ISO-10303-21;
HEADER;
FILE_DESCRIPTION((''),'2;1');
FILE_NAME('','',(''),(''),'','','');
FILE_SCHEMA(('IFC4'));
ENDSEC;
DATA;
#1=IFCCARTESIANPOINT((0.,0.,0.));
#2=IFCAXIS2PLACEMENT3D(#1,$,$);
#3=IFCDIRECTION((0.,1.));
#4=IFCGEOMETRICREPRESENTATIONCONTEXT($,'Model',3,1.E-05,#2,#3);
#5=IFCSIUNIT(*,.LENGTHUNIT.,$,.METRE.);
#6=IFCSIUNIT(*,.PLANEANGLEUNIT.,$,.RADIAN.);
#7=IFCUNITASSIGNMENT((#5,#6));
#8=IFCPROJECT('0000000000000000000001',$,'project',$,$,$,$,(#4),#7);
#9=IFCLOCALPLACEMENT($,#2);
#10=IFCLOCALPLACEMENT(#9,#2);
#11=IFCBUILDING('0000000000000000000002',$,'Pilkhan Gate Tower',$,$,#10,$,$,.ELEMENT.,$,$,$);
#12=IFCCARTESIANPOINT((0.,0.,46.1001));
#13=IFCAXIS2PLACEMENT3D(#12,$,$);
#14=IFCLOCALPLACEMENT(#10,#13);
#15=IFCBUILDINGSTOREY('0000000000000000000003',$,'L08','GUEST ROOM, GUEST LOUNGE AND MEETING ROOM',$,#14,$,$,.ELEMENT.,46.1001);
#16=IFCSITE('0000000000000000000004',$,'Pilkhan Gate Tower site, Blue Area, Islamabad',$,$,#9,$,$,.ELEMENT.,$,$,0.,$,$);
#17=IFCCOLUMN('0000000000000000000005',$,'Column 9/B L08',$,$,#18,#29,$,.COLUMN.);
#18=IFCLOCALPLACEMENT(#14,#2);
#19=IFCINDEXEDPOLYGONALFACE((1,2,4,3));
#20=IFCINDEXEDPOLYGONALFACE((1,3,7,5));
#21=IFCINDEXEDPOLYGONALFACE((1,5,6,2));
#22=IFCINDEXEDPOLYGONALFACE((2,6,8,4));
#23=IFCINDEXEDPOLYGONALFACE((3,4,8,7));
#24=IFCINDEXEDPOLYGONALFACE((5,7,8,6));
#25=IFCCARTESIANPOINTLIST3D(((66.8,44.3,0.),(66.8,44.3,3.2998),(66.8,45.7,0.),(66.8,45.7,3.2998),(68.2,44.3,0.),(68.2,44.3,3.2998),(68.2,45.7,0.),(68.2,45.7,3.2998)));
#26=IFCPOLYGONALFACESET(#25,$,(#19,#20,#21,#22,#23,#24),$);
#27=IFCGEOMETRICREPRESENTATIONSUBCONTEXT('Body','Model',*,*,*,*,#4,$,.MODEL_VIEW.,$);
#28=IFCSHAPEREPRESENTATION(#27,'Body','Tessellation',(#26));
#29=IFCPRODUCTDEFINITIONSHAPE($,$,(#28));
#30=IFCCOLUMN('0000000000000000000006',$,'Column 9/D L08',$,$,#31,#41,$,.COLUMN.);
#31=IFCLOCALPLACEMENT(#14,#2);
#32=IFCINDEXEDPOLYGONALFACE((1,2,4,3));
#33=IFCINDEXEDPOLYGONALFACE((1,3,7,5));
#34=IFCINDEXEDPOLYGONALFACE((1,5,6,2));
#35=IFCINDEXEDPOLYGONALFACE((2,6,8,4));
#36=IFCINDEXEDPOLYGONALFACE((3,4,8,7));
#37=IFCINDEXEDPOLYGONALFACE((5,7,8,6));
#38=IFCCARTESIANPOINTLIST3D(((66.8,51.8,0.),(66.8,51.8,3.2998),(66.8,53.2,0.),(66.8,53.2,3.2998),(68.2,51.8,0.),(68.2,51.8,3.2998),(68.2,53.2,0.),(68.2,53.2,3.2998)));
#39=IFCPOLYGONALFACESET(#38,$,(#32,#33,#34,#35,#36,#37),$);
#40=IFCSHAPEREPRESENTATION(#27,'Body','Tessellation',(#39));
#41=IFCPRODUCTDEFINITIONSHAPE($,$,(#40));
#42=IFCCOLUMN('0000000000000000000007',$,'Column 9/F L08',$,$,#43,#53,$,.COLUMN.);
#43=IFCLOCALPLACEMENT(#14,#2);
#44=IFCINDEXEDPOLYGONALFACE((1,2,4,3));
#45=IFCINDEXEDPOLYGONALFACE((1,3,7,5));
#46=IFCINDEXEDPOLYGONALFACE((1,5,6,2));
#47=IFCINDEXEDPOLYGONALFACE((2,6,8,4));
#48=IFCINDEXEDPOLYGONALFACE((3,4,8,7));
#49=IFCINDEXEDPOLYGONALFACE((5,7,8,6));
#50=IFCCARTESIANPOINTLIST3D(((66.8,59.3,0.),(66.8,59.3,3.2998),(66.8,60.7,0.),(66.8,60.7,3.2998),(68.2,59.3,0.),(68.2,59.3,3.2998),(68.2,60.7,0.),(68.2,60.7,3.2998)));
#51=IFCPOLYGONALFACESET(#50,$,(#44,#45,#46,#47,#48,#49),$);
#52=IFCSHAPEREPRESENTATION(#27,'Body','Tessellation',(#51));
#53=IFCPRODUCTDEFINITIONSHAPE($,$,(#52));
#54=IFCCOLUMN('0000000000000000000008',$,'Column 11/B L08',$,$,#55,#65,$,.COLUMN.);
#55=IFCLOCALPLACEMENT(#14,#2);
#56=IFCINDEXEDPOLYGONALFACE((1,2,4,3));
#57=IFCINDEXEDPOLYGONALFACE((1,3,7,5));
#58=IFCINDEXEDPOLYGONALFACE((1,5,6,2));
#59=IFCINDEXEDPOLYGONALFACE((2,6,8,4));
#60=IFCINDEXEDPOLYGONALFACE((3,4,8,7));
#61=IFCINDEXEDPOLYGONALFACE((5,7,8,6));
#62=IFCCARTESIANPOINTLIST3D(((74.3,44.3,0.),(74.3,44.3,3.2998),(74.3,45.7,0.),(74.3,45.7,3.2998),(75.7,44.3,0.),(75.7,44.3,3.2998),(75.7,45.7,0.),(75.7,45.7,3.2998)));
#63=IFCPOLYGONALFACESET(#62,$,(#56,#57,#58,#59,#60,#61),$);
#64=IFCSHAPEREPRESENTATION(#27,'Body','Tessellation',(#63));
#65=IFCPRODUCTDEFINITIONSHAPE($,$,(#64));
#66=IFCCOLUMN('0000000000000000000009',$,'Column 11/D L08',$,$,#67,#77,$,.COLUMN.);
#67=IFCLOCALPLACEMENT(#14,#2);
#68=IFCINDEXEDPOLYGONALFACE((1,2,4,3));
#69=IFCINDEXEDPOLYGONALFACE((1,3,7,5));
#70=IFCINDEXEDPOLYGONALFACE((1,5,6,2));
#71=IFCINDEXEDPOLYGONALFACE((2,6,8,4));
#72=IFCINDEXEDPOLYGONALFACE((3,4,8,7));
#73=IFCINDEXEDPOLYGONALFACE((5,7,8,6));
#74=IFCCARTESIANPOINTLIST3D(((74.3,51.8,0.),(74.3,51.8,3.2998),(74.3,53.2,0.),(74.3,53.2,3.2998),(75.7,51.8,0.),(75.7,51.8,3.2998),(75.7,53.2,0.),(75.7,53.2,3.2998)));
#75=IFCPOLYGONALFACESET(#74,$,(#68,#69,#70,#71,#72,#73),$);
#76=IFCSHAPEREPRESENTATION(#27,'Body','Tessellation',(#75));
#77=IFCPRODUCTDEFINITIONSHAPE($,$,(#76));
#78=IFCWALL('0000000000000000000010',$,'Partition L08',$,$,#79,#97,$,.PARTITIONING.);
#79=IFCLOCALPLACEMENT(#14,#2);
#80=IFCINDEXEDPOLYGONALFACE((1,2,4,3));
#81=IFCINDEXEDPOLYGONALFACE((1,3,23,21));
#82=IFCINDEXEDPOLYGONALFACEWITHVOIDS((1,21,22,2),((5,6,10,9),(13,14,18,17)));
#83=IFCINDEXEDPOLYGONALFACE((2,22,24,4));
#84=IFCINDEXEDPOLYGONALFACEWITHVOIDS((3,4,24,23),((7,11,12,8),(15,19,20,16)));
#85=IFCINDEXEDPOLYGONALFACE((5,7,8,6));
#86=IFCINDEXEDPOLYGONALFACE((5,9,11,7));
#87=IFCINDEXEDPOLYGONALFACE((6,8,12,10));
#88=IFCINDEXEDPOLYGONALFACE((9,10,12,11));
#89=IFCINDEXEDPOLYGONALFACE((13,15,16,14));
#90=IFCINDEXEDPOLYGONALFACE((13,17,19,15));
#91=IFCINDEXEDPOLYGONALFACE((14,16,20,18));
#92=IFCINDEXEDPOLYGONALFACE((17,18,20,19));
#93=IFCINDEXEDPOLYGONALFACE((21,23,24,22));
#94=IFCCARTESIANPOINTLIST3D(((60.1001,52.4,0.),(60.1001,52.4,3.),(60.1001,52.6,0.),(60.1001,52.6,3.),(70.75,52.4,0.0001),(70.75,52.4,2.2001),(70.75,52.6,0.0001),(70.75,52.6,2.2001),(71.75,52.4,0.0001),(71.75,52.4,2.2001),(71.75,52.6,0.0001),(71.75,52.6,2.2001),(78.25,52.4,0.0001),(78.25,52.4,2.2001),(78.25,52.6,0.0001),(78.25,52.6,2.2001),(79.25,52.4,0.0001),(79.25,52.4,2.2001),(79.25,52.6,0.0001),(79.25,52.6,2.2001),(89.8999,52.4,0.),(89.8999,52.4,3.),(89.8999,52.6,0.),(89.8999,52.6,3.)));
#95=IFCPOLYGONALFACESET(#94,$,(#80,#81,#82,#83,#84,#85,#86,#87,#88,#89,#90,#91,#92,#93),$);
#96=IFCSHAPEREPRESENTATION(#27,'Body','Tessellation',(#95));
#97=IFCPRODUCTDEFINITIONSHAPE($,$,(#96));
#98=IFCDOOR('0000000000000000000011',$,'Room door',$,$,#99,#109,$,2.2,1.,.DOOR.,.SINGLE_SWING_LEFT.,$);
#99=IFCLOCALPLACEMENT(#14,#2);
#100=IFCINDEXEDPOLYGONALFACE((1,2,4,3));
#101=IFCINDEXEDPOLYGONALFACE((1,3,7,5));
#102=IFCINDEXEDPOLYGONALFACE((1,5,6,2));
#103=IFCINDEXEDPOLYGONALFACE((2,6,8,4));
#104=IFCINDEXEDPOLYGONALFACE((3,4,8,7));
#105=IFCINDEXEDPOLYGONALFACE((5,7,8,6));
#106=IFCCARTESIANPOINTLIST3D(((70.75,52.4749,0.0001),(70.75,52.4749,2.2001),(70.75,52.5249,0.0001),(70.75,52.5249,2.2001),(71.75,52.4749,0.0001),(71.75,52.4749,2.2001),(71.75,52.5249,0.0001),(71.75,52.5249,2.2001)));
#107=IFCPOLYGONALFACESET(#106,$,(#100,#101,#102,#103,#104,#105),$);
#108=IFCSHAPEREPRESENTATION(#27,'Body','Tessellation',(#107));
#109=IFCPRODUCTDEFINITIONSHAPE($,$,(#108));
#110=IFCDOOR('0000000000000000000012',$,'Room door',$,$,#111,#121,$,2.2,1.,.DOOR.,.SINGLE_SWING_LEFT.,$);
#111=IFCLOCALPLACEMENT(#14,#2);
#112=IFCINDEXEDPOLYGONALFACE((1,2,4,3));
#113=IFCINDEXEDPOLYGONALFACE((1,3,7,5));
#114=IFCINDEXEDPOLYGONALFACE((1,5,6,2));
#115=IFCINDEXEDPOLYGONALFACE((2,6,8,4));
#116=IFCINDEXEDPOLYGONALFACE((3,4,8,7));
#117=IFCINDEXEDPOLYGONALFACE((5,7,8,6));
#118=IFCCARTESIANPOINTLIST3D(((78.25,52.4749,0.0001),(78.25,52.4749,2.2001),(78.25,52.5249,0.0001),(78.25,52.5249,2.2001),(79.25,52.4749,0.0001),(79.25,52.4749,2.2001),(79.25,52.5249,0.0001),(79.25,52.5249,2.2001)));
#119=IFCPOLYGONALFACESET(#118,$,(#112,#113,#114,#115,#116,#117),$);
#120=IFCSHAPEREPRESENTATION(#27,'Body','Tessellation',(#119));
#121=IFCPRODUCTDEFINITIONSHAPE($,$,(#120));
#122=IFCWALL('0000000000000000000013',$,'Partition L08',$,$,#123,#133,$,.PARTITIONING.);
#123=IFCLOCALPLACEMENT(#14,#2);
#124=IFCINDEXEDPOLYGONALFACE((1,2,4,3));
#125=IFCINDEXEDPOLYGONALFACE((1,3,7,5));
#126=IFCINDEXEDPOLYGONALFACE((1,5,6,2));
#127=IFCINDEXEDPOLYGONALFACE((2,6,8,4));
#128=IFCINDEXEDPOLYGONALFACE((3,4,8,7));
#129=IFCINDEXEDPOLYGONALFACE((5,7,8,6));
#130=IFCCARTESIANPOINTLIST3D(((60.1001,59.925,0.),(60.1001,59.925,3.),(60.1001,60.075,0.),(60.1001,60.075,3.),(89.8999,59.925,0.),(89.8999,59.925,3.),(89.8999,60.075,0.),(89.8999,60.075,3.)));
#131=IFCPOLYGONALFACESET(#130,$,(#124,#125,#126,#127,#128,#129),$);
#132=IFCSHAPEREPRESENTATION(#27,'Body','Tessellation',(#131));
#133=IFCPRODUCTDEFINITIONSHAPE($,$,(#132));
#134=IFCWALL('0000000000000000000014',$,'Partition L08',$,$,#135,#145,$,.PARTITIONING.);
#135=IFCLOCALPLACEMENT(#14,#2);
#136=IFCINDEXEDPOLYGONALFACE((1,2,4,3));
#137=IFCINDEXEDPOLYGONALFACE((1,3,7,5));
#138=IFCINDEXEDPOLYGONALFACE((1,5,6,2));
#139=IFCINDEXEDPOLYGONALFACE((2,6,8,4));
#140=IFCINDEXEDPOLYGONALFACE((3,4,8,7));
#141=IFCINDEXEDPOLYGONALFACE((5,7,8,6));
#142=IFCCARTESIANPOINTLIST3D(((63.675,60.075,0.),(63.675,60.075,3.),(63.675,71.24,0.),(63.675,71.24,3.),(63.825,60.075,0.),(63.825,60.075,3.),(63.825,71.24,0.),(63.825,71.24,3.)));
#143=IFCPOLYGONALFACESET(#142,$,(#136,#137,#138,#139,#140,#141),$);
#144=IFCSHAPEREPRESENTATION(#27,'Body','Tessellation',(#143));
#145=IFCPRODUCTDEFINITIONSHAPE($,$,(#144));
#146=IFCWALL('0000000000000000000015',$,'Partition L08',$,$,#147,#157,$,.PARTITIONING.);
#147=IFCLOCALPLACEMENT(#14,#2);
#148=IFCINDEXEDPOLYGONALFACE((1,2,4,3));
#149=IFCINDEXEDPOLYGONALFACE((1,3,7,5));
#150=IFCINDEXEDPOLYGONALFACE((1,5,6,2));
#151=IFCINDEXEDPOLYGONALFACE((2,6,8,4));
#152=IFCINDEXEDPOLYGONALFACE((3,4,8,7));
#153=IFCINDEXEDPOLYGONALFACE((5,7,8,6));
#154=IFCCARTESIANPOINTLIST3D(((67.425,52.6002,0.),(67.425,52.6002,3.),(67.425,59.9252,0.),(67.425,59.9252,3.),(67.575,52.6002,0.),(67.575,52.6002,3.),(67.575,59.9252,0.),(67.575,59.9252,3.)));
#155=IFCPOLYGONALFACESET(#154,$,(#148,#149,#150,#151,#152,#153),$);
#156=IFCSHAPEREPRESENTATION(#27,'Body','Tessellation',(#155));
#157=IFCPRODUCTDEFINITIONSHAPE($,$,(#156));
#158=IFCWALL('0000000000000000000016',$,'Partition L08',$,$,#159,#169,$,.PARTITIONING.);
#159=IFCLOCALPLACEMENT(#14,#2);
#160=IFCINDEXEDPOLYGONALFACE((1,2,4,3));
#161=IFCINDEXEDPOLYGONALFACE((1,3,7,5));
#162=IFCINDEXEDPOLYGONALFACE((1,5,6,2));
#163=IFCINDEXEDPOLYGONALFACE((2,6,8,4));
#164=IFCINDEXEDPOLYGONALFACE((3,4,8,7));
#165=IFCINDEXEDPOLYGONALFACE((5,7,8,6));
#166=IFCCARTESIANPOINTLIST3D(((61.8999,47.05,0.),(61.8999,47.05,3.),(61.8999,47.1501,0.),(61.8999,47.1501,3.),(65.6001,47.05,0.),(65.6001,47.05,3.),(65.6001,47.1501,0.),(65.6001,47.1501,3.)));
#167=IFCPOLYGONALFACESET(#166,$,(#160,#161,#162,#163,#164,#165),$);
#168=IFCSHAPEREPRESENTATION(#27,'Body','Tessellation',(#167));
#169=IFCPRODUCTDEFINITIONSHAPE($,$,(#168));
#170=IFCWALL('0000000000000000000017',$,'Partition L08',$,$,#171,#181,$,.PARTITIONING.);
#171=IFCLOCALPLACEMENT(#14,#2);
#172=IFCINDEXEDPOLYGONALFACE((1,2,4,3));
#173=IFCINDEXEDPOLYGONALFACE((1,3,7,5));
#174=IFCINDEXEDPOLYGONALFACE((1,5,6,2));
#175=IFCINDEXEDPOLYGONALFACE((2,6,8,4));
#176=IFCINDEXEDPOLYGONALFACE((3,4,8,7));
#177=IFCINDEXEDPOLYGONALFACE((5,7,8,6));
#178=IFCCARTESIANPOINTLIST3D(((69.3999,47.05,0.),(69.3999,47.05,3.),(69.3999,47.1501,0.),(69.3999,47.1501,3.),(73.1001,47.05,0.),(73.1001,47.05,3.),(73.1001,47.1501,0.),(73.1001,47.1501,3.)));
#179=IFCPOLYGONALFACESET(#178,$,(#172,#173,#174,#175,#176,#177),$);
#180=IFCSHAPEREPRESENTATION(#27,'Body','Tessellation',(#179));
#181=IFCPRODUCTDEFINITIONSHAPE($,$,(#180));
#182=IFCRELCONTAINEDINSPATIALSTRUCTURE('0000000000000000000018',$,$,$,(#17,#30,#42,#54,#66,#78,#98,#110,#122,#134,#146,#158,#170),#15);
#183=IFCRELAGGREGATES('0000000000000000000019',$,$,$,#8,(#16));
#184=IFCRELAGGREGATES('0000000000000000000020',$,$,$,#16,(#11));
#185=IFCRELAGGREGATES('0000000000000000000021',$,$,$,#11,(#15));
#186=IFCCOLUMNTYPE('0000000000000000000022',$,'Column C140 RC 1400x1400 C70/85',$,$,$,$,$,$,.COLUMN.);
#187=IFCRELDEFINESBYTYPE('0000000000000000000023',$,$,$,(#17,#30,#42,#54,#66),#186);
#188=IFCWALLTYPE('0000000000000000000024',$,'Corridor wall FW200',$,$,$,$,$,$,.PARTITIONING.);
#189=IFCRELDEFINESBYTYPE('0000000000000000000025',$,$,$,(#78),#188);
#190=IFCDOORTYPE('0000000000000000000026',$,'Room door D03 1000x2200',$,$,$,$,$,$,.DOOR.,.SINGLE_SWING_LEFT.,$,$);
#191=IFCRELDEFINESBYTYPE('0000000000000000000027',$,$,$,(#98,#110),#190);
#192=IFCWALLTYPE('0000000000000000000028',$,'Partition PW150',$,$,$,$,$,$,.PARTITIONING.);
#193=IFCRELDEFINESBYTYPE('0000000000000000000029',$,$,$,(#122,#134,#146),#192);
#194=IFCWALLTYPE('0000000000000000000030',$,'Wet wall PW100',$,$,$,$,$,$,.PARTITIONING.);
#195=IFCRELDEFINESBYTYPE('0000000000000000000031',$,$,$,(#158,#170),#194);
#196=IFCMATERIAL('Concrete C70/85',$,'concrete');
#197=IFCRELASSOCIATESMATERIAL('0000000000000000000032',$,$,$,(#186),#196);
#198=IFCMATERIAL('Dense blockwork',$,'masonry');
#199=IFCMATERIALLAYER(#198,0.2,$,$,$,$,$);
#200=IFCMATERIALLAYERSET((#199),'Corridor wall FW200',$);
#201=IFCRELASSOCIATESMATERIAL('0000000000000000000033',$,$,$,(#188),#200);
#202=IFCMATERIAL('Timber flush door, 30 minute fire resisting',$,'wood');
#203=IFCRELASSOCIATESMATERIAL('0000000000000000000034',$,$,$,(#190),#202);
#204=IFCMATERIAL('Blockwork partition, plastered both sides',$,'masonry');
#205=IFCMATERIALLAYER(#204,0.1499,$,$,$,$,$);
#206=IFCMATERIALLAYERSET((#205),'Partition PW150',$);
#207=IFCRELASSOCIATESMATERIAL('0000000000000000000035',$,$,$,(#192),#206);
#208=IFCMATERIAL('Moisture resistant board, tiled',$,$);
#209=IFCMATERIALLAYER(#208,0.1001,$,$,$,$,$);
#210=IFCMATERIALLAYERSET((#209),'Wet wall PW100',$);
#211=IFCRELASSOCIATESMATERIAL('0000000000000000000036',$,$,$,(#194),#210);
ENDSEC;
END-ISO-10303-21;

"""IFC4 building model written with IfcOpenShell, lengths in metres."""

from ifc_helpers import new_model, si_unit, direction, frame, frame_2d, origin, origin_2d, place, context, subcontext, project, spatial, rectangle, extrude, material, layer, layer_set, material_profile, profile_set, type_object, element, fill, save


model = new_model("IFC4")

# Units and contexts
model_context = context("Model", 3, precision=1e-05, world=origin(), true_north=direction((0.0, 1.0)))
body_context = subcontext(model_context, "Body", "Model", "MODEL_VIEW")
ifc_project = project(units=[si_unit("LENGTHUNIT", "METRE"), si_unit("PLANEANGLEUNIT", "RADIAN")], contexts=[model_context])

# Site, building, storey
site_placement = place(None, origin())
site = spatial("IfcSite", under=ifc_project, at=site_placement, Name="Pilkhan Gate Tower site, Blue Area, Islamabad", CompositionType="ELEMENT", RefElevation=0.0)
building_placement = place(site_placement, origin())
building = spatial("IfcBuilding", under=site, at=building_placement, Name="Pilkhan Gate Tower", CompositionType="ELEMENT")
storey_placement = place(building_placement, frame((0.0, 0.0, 46.1001)))
storey = spatial("IfcBuildingStorey", under=building, at=storey_placement, Name="L08", Description="GUEST ROOM, GUEST LOUNGE AND MEETING ROOM", CompositionType="ELEMENT", Elevation=46.1001)

# Columns
ifc_material_1 = material(Name="Concrete C70/85", Category="concrete")
ifc_material_profile = material_profile(ifc_material_1, rectangle(XDim=1.3999, YDim=1.3999, at=origin_2d()), Name="RC 1400x1400")
ifc_profile_set = profile_set([ifc_material_profile], Name="Concrete C70/85")
column_type = type_object("IfcColumnType", Name="Column C140 RC 1400x1400 C70/85", PredefinedType="COLUMN", material=ifc_profile_set)
for number, where, z_axis, x_axis, name in (
    (1, (67.5, 45.0, 0.0), (0.0, 0.0, 1.0), (1.0, 0.0, 0.0), "Column 9/B L08"),
    (2, (67.5, 52.5, 0.0), (0.0, 0.0, 1.0), (1.0, 0.0, 0.0), "Column 9/D L08"),
    (3, (67.5, 60.0, 0.0), (0.0, 0.0, 1.0), (1.0, 0.0, 0.0), "Column 9/F L08"),
    (4, (75.0, 45.0, 0.0), (0.0, 0.0, 1.0), (1.0, 0.0, 0.0), "Column 11/B L08"),
    (5, (75.0, 52.5, 0.0), (0.0, 0.0, 1.0), (1.0, 0.0, 0.0), "Column 11/D L08"),
):
    element("IfcColumn", number, at=place(storey_placement, frame(where, z_axis=z_axis, x_axis=x_axis)), inside=storey, type_object=column_type, Name=name, PredefinedType="COLUMN", context=body_context, shape_type="SweptSolid", body=[
        extrude(rectangle(XDim=1.3999, YDim=1.3999, at=origin_2d()), origin(), (0.0, 0.0, 1.0), 3.2998),
    ])

# Wall, openings, doors
ifc_material_2 = material(Name="Dense blockwork", Category="masonry")
ifc_layer_1 = layer(ifc_material_2, 0.2)
ifc_layer_set_1 = layer_set([ifc_layer_1], Name="Corridor wall FW200")
wall_type_1 = type_object("IfcWallType", Name="Corridor wall FW200", PredefinedType="PARTITIONING", material=ifc_layer_set_1)
wall_1_placement = place(storey_placement, frame((60.1001, 52.5, 0.0), z_axis=(0.0, 0.0, 1.0), x_axis=(1.0, 0.0, 0.0)))
wall_1 = element("IfcWall", 6, at=wall_1_placement, inside=storey, type_object=wall_type_1, Name="Partition L08", PredefinedType="PARTITIONING", context=body_context, shape_type="SweptSolid", body=[
    extrude(rectangle(XDim=29.7998, YDim=0.2, at=frame_2d((14.8999, 0.0))), origin(), (0.0, 0.0, 1.0), 3.0),
])
opening_1_placement = place(wall_1_placement, frame((10.6499, 0.0, 0.0)))
opening_1 = element("IfcOpeningElement", 7, at=opening_1_placement, cuts=wall_1, PredefinedType="OPENING", context=body_context, shape_type="SweptSolid", body=[
    extrude(rectangle(XDim=1.0, YDim=2.2, at=frame_2d((0.5, 1.1001))), frame((0.0, 0.1099, 0.0), z_axis=(0.0, -1.0, 0.0), x_axis=(1.0, 0.0, 0.0)), (0.0, 0.0, 1.0), 0.22),
])
opening_2_placement = place(wall_1_placement, frame((18.1499, 0.0, 0.0)))
opening_2 = element("IfcOpeningElement", 8, at=opening_2_placement, cuts=wall_1, PredefinedType="OPENING", context=body_context, shape_type="SweptSolid", body=[
    extrude(rectangle(XDim=1.0, YDim=2.2, at=frame_2d((0.5, 1.1001))), frame((0.0, 0.1099, 0.0), z_axis=(0.0, -1.0, 0.0), x_axis=(1.0, 0.0, 0.0)), (0.0, 0.0, 1.0), 0.22),
])
ifc_material_3 = material(Name="Timber flush door, 30 minute fire resisting", Category="wood")
door_type_1 = type_object("IfcDoorType", Name="Room door D03 1000x2200", OperationType="SINGLE_SWING_LEFT", PredefinedType="DOOR", material=ifc_material_3)
door_1_placement = place(opening_1_placement, origin())
door_1 = element("IfcDoor", 9, at=door_1_placement, inside=storey, type_object=door_type_1, Name="Room door", OperationType="SINGLE_SWING_LEFT", OverallHeight=2.2, OverallWidth=1.0, PredefinedType="DOOR", context=body_context, shape_type="SweptSolid", body=[
    extrude(rectangle(XDim=1.0, YDim=2.2, at=frame_2d((0.5, 1.1001))), frame((0.0, 0.0249, 0.0), z_axis=(0.0, -1.0, 0.0), x_axis=(1.0, 0.0, 0.0)), (0.0, 0.0, 1.0), 0.05),
])
fill(opening_1, door_1)
door_2_placement = place(opening_2_placement, origin())
door_2 = element("IfcDoor", 10, at=door_2_placement, inside=storey, type_object=door_type_1, Name="Room door", OperationType="SINGLE_SWING_LEFT", OverallHeight=2.2, OverallWidth=1.0, PredefinedType="DOOR", context=body_context, shape_type="SweptSolid", body=[
    extrude(rectangle(XDim=1.0, YDim=2.2, at=frame_2d((0.5, 1.1001))), frame((0.0, 0.0249, 0.0), z_axis=(0.0, -1.0, 0.0), x_axis=(1.0, 0.0, 0.0)), (0.0, 0.0, 1.0), 0.05),
])
fill(opening_2, door_2)

# Walls
ifc_material_4 = material(Name="Blockwork partition, plastered both sides", Category="masonry")
ifc_layer_2 = layer(ifc_material_4, 0.1499)
ifc_layer_set_2 = layer_set([ifc_layer_2], Name="Partition PW150")
wall_type_2 = type_object("IfcWallType", Name="Partition PW150", PredefinedType="PARTITIONING", material=ifc_layer_set_2)
wall_2_placement = place(storey_placement, frame((60.1001, 60.0, 0.0), z_axis=(0.0, 0.0, 1.0), x_axis=(1.0, 0.0, 0.0)))
element("IfcWall", 11, at=wall_2_placement, inside=storey, type_object=wall_type_2, Name="Partition L08", PredefinedType="PARTITIONING", context=body_context, shape_type="SweptSolid", body=[
    extrude(rectangle(XDim=29.7998, YDim=0.1499, at=frame_2d((14.8999, 0.0))), origin(), (0.0, 0.0, 1.0), 3.0),
])
wall_3_placement = place(storey_placement, frame((63.75, 60.075, 0.0), z_axis=(0.0, 0.0, 1.0), x_axis=(0.0, 1.0, 0.0)))
element("IfcWall", 12, at=wall_3_placement, inside=storey, type_object=wall_type_2, Name="Partition L08", PredefinedType="PARTITIONING", context=body_context, shape_type="SweptSolid", body=[
    extrude(rectangle(XDim=11.165, YDim=0.1499, at=frame_2d((5.5825, 0.0))), origin(), (0.0, 0.0, 1.0), 3.0),
])
wall_4_placement = place(storey_placement, frame((67.5, 52.6001, 0.0), z_axis=(0.0, 0.0, 1.0), x_axis=(0.0, 1.0, 0.0)))
element("IfcWall", 13, at=wall_4_placement, inside=storey, type_object=wall_type_2, Name="Partition L08", PredefinedType="PARTITIONING", context=body_context, shape_type="SweptSolid", body=[
    extrude(rectangle(XDim=7.325, YDim=0.1499, at=frame_2d((3.6626, 0.0))), origin(), (0.0, 0.0, 1.0), 3.0),
])
ifc_material_5 = material(Name="Moisture resistant board, tiled")
ifc_layer_3 = layer(ifc_material_5, 0.1001)
ifc_layer_set_3 = layer_set([ifc_layer_3], Name="Wet wall PW100")
wall_type_3 = type_object("IfcWallType", Name="Wet wall PW100", PredefinedType="PARTITIONING", material=ifc_layer_set_3)
for number, where, z_axis, x_axis, name in (
    (14, (61.8999, 47.1001, 0.0), (0.0, 0.0, 1.0), (1.0, 0.0, 0.0), "Partition L08"),
    (15, (69.3999, 47.1001, 0.0), (0.0, 0.0, 1.0), (1.0, 0.0, 0.0), "Partition L08"),
):
    element("IfcWall", number, at=place(storey_placement, frame(where, z_axis=z_axis, x_axis=x_axis)), inside=storey, type_object=wall_type_3, Name=name, PredefinedType="PARTITIONING", context=body_context, shape_type="SweptSolid", body=[
        extrude(rectangle(XDim=3.7002, YDim=0.1001, at=frame_2d((1.8501, 0.0))), origin(), (0.0, 0.0, 1.0), 3.0),
    ])

save(model, "model.ifc")
